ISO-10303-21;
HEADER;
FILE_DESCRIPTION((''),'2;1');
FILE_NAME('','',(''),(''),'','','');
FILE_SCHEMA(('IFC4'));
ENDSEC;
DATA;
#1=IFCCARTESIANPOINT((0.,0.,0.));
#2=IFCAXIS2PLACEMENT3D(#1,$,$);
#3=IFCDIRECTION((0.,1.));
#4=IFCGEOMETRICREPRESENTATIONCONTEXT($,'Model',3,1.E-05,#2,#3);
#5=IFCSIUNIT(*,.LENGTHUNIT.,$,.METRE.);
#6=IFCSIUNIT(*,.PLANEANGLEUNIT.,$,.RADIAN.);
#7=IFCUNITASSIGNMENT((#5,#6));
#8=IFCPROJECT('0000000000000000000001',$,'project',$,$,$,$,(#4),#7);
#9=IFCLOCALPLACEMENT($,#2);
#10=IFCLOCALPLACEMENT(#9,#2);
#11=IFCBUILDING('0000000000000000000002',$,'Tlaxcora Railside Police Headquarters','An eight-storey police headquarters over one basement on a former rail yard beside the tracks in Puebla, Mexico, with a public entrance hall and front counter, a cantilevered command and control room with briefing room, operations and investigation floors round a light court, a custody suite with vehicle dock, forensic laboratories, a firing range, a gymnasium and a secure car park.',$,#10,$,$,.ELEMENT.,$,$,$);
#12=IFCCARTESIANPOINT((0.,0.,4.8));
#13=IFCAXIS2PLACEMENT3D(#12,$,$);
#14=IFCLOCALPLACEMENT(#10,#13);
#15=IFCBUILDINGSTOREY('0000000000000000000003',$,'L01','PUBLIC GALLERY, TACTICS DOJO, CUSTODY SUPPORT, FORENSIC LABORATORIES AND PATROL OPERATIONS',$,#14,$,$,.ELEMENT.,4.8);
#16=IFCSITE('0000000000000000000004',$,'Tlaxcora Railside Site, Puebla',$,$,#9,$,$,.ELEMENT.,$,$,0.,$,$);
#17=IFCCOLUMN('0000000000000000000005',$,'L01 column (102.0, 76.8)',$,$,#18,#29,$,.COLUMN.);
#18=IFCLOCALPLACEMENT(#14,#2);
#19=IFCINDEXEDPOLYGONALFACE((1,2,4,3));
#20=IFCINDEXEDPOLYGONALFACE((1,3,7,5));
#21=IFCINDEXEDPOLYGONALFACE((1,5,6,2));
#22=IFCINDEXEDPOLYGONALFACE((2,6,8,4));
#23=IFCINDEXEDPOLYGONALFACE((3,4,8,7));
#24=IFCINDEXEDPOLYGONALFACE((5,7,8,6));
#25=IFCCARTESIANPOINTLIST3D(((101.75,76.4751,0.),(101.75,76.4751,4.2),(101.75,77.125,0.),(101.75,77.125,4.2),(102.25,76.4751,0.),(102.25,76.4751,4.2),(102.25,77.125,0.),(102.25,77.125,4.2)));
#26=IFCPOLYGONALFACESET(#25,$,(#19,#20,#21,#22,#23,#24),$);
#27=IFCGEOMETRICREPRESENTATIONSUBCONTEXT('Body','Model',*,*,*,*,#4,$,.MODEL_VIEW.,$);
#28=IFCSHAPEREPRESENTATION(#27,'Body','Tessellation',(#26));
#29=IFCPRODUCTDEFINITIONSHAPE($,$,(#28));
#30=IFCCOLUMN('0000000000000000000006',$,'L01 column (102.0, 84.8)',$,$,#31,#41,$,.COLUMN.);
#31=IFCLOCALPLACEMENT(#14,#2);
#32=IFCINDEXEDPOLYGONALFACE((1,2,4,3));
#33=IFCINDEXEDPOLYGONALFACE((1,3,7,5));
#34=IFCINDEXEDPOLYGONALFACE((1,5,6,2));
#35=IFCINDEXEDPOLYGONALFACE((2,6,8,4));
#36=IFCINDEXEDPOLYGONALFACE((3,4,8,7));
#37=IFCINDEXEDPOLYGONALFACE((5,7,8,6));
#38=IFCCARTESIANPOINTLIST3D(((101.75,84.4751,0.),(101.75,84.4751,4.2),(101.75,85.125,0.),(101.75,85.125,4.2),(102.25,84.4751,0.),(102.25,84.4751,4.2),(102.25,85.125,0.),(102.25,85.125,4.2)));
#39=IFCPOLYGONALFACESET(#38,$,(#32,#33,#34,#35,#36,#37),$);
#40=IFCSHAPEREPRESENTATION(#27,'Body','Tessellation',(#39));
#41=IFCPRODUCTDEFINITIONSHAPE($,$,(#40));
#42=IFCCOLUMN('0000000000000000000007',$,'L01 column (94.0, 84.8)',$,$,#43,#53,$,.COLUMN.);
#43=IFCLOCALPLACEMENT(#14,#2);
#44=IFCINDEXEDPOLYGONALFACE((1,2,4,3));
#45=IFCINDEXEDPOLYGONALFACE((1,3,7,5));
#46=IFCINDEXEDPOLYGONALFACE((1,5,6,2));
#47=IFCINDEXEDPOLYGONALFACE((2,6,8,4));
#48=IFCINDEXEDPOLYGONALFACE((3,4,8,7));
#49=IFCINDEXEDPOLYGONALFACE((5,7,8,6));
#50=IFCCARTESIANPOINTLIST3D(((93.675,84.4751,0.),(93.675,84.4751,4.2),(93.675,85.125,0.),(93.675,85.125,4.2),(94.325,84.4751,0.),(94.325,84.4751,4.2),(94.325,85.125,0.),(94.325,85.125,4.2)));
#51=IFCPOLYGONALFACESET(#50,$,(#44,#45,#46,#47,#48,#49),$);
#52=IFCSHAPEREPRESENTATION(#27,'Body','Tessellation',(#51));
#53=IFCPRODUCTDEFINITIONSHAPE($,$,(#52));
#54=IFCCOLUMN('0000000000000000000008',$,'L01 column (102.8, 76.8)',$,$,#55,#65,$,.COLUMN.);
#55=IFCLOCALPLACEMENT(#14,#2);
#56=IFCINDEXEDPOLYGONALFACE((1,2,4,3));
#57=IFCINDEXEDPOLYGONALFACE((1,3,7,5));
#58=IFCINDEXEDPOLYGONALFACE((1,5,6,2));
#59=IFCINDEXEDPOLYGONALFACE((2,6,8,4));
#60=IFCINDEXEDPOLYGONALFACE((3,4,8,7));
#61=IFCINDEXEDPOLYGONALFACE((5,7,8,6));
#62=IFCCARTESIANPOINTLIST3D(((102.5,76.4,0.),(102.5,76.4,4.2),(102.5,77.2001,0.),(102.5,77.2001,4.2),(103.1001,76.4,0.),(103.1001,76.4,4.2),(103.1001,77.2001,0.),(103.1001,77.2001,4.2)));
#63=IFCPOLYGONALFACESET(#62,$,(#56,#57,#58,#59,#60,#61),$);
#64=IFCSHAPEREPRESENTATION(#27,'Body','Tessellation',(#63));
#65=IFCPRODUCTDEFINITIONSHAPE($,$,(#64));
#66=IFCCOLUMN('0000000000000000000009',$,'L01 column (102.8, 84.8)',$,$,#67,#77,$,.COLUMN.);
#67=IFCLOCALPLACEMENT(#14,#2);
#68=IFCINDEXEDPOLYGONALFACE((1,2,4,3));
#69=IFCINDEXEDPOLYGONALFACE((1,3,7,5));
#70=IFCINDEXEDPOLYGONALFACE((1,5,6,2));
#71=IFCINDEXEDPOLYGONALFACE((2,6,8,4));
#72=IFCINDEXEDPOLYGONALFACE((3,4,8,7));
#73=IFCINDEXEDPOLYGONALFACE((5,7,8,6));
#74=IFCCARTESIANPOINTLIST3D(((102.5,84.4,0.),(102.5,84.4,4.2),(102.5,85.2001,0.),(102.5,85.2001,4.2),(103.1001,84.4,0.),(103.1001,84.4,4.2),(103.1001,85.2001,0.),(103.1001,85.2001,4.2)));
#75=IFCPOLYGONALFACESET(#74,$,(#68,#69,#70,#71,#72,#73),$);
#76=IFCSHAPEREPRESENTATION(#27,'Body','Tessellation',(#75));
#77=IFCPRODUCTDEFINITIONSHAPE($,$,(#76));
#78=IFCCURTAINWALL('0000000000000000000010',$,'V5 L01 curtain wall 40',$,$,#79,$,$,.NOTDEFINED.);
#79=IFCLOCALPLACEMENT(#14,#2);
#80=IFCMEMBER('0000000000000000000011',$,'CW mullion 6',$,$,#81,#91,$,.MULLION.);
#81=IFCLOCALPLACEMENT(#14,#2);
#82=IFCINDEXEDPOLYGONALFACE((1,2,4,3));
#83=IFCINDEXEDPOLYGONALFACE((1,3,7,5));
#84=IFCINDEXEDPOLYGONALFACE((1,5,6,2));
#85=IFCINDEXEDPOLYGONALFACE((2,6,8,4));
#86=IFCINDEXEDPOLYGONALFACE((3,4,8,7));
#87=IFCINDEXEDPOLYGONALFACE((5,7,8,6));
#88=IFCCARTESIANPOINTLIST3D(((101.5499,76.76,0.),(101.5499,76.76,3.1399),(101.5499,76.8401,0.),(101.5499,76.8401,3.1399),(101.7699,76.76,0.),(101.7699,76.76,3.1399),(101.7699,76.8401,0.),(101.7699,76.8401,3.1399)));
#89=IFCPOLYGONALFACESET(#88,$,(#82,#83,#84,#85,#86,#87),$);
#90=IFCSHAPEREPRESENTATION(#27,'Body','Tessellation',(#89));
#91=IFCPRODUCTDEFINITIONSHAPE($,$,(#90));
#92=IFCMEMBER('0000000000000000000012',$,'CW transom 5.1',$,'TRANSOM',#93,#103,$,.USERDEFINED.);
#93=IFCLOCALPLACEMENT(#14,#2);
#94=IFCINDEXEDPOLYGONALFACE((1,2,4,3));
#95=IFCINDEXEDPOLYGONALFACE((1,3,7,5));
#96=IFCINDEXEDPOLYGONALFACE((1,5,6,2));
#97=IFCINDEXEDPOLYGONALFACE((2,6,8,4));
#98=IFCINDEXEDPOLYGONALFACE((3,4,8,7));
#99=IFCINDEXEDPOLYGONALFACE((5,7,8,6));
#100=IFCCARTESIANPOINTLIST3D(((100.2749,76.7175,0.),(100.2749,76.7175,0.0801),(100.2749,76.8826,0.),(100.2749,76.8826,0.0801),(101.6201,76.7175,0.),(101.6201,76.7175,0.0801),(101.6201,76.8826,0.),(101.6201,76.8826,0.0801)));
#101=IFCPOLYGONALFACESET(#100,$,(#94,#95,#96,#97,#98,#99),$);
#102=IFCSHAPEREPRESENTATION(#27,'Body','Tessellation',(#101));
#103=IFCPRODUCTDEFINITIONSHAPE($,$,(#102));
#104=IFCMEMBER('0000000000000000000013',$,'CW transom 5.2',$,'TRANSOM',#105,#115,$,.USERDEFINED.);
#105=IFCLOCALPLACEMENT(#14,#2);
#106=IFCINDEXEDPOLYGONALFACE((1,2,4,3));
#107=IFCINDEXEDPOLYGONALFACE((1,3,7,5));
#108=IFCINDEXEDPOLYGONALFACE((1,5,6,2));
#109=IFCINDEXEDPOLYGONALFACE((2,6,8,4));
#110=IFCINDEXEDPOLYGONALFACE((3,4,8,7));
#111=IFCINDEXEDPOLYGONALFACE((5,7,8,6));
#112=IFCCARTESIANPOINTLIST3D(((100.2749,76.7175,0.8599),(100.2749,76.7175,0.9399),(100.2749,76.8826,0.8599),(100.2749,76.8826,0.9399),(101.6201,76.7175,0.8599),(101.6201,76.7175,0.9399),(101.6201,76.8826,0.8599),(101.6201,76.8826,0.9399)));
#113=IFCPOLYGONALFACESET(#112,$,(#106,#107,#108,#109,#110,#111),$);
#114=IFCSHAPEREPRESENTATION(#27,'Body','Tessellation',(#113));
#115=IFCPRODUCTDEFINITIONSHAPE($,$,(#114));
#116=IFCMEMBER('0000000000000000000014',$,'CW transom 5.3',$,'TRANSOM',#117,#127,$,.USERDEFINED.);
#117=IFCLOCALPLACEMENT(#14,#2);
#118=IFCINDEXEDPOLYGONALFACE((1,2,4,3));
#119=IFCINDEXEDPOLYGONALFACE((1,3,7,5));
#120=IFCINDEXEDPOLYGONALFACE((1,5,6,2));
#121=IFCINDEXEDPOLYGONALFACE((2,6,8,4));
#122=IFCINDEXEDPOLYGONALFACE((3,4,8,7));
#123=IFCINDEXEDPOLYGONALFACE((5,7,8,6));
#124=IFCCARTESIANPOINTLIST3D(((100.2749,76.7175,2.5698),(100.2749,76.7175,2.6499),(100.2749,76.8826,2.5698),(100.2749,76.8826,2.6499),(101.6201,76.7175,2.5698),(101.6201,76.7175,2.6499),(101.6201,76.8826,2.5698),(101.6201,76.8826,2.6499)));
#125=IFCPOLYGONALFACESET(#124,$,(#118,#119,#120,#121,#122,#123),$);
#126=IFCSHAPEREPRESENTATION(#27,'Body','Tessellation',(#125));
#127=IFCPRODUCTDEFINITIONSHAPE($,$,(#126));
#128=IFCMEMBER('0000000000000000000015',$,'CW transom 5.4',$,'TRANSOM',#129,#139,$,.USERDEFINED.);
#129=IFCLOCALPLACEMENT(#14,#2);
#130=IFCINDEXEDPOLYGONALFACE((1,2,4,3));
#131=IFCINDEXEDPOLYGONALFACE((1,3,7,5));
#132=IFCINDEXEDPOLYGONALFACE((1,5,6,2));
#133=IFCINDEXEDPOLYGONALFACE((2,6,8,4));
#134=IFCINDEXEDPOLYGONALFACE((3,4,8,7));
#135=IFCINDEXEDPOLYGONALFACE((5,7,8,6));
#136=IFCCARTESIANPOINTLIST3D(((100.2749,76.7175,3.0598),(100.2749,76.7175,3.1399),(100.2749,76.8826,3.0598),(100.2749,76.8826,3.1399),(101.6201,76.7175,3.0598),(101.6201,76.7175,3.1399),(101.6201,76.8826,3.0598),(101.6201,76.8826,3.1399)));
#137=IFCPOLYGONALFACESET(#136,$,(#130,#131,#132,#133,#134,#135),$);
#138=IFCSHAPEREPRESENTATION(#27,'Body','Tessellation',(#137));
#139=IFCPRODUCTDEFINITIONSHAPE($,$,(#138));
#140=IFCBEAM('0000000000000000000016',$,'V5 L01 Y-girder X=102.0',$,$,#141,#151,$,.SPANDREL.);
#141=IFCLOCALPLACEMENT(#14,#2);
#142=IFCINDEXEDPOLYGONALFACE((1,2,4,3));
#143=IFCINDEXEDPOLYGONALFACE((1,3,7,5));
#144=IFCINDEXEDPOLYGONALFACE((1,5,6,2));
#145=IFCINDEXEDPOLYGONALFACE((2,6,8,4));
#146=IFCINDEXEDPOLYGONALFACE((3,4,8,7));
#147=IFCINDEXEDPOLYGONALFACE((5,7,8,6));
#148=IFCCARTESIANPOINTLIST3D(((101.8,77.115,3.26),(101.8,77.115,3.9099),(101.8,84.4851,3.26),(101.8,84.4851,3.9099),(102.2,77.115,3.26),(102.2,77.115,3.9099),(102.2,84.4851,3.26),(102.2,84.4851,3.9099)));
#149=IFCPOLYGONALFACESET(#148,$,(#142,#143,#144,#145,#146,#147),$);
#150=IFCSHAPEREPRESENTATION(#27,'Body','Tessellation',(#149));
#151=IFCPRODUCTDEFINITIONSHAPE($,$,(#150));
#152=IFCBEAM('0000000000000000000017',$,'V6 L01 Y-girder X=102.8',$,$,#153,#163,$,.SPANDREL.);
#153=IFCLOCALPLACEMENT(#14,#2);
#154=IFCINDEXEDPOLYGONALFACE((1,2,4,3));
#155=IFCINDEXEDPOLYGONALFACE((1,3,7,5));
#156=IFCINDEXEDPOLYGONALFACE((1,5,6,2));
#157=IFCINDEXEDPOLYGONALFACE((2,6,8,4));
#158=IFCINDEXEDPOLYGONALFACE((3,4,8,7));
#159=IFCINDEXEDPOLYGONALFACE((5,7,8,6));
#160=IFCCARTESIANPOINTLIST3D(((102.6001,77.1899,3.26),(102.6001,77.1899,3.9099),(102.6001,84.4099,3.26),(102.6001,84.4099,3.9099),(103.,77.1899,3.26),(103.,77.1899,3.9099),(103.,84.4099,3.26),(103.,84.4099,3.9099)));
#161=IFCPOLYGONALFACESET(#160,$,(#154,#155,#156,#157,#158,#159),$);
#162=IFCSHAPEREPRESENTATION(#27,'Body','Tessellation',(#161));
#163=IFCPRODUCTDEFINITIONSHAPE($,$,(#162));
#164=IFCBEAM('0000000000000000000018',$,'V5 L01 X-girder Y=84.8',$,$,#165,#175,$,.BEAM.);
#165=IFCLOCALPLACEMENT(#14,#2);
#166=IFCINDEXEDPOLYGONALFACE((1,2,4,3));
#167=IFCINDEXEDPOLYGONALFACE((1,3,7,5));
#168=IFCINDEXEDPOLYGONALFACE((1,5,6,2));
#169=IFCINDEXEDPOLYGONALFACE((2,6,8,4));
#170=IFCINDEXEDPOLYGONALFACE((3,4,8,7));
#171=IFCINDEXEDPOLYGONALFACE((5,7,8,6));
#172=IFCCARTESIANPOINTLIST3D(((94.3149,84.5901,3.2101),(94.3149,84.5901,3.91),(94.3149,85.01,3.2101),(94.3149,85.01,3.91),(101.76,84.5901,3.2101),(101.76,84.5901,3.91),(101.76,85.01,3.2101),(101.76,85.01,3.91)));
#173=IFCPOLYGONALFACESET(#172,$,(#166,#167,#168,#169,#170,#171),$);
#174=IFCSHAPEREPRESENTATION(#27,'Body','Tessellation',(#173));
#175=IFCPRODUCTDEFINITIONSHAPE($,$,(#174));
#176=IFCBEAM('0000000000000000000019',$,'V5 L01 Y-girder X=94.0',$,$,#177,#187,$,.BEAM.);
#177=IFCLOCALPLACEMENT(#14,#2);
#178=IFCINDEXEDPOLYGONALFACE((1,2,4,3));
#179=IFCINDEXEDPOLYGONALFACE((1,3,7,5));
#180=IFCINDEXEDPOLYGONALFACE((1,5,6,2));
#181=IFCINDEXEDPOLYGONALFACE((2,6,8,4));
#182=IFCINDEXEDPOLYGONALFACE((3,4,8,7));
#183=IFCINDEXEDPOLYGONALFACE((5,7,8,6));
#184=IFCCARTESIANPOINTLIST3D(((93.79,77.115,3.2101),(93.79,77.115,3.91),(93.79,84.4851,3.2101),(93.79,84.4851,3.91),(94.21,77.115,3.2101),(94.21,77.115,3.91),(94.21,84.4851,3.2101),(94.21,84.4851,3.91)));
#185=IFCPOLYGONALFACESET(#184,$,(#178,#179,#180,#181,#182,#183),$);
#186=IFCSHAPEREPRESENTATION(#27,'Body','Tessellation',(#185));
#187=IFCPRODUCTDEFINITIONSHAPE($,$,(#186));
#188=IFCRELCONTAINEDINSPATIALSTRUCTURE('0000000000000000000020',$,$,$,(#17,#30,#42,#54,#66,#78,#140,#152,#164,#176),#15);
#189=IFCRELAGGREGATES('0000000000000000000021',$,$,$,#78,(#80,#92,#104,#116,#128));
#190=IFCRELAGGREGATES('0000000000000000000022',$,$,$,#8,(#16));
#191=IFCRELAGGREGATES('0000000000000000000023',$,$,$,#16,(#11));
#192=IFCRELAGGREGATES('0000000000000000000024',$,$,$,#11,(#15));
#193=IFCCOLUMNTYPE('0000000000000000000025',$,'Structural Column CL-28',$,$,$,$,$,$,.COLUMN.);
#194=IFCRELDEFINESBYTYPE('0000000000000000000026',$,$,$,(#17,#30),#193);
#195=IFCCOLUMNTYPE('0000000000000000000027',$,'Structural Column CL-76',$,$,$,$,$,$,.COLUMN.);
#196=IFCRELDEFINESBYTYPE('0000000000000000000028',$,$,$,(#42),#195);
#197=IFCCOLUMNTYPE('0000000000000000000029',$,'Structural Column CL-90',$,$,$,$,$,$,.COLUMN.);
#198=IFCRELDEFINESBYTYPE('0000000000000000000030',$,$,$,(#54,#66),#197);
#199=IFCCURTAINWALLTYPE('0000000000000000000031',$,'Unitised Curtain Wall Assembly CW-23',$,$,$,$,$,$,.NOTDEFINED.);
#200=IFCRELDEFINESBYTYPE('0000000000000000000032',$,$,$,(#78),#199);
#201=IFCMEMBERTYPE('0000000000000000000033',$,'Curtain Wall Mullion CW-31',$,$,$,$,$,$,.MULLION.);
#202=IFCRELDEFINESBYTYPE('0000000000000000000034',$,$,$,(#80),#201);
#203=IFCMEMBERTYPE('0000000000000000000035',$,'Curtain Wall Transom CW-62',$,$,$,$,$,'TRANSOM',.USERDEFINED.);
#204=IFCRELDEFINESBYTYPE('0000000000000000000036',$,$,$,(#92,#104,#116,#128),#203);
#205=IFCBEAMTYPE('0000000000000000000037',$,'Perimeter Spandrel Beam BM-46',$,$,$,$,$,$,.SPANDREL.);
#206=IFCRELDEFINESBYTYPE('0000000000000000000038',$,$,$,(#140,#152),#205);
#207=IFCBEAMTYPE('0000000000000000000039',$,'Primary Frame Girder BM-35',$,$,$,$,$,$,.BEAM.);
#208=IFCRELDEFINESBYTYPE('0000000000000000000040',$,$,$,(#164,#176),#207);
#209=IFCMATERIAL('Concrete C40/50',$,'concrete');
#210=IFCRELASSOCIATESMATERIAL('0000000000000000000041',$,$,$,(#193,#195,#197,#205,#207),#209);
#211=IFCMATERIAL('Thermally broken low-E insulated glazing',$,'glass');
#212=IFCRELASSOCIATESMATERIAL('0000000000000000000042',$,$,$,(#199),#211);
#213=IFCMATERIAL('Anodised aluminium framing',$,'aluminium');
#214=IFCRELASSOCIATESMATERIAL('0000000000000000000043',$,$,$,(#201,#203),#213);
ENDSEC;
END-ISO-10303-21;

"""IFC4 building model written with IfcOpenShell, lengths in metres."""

from ifc_helpers import new_model, si_unit, direction, frame, origin, origin_2d, place, context, subcontext, project, spatial, rectangle, extrude, material, material_profile, profile_set, type_object, element, aggregate, save


model = new_model("IFC4")

# Units and contexts
model_context = context("Model", 3, precision=1e-05, world=origin(), true_north=direction((0.0, 1.0)))
body_context = subcontext(model_context, "Body", "Model", "MODEL_VIEW")
ifc_project = project(units=[si_unit("LENGTHUNIT", "METRE"), si_unit("PLANEANGLEUNIT", "RADIAN")], contexts=[model_context])

# Site, building, storey
site_placement = place(None, origin())
site = spatial("IfcSite", under=ifc_project, at=site_placement, Name="Tlaxcora Railside Site, Puebla", CompositionType="ELEMENT", RefElevation=0.0)
building_placement = place(site_placement, origin())
building = spatial("IfcBuilding", under=site, at=building_placement, Name="Tlaxcora Railside Police Headquarters", Description="An eight-storey police headquarters over one basement on a former rail yard beside the tracks in Puebla, Mexico, with a public entrance hall and front counter, a cantilevered command and control room with briefing room, operations and investigation floors round a light court, a custody suite with vehicle dock, forensic laboratories, a firing range, a gymnasium and a secure car park.", CompositionType="ELEMENT")
storey_placement = place(building_placement, frame((0.0, 0.0, 4.8)))
storey = spatial("IfcBuildingStorey", under=building, at=storey_placement, Name="L01", Description="PUBLIC GALLERY, TACTICS DOJO, CUSTODY SUPPORT, FORENSIC LABORATORIES AND PATROL OPERATIONS", CompositionType="ELEMENT", Elevation=4.8)

# Columns
ifc_material_1 = material(Name="Concrete C40/50", Category="concrete")
ifc_material_profile_1 = material_profile(ifc_material_1, rectangle(XDim=0.5, YDim=0.6499, at=origin_2d()), Name="RC500X650")
ifc_profile_set_1 = profile_set([ifc_material_profile_1], Name="Concrete C40/50")
column_type_1 = type_object("IfcColumnType", Name="Structural Column CL-28", PredefinedType="COLUMN", material=ifc_profile_set_1)
for number, where, z_axis, x_axis, name in (
    (1, (102.0, 76.8, 0.0), (0.0, 0.0, 1.0), (1.0, 0.0, 0.0), "L01 column (102.0, 76.8)"),
    (2, (102.0, 84.8, 0.0), (0.0, 0.0, 1.0), (1.0, 0.0, 0.0), "L01 column (102.0, 84.8)"),
):
    element("IfcColumn", number, at=place(storey_placement, frame(where, z_axis=z_axis, x_axis=x_axis)), inside=storey, type_object=column_type_1, Name=name, PredefinedType="COLUMN", context=body_context, shape_type="SweptSolid", body=[
        extrude(rectangle(XDim=0.5, YDim=0.6499, at=origin_2d()), origin(), (0.0, 0.0, 1.0), 4.2),
    ])
ifc_material_profile_2 = material_profile(ifc_material_1, rectangle(XDim=0.6499, YDim=0.6499, at=origin_2d()), Name="RC650X650")
ifc_profile_set_2 = profile_set([ifc_material_profile_2], Name="Concrete C40/50")
column_type_2 = type_object("IfcColumnType", Name="Structural Column CL-76", PredefinedType="COLUMN", material=ifc_profile_set_2)
column_placement = place(storey_placement, frame((94.0, 84.8, 0.0), z_axis=(0.0, 0.0, 1.0), x_axis=(1.0, 0.0, 0.0)))
element("IfcColumn", 3, at=column_placement, inside=storey, type_object=column_type_2, Name="L01 column (94.0, 84.8)", PredefinedType="COLUMN", context=body_context, shape_type="SweptSolid", body=[
    extrude(rectangle(XDim=0.6499, YDim=0.6499, at=origin_2d()), origin(), (0.0, 0.0, 1.0), 4.2),
])
ifc_material_profile_3 = material_profile(ifc_material_1, rectangle(XDim=0.6001, YDim=0.8, at=origin_2d()), Name="RC600X800")
ifc_profile_set_3 = profile_set([ifc_material_profile_3], Name="Concrete C40/50")
column_type_3 = type_object("IfcColumnType", Name="Structural Column CL-90", PredefinedType="COLUMN", material=ifc_profile_set_3)
for number, where, z_axis, x_axis, name in (
    (4, (102.8, 76.8, 0.0), (0.0, 0.0, 1.0), (1.0, 0.0, 0.0), "L01 column (102.8, 76.8)"),
    (5, (102.8, 84.8, 0.0), (0.0, 0.0, 1.0), (1.0, 0.0, 0.0), "L01 column (102.8, 84.8)"),
):
    element("IfcColumn", number, at=place(storey_placement, frame(where, z_axis=z_axis, x_axis=x_axis)), inside=storey, type_object=column_type_3, Name=name, PredefinedType="COLUMN", context=body_context, shape_type="SweptSolid", body=[
        extrude(rectangle(XDim=0.6001, YDim=0.8, at=origin_2d()), origin(), (0.0, 0.0, 1.0), 4.2),
    ])

# Curtain wall, members
ifc_material_2 = material(Name="Thermally broken low-E insulated glazing", Category="glass")
curtain_wall_type = type_object("IfcCurtainWallType", Name="Unitised Curtain Wall Assembly CW-23", PredefinedType="NOTDEFINED", material=ifc_material_2)
curtain_wall_placement = place(storey_placement, origin())
curtain_wall = element("IfcCurtainWall", 6, at=curtain_wall_placement, inside=storey, type_object=curtain_wall_type, Name="V5 L01 curtain wall 40", PredefinedType="NOTDEFINED")
ifc_material_3 = material(Name="Anodised aluminium framing", Category="aluminium")
ifc_material_profile_4 = material_profile(ifc_material_3, rectangle(XDim=0.0801, YDim=0.22, at=origin_2d()), Name="AL80X220")
ifc_profile_set_4 = profile_set([ifc_material_profile_4], Name="Anodised aluminium framing")
member_type_1 = type_object("IfcMemberType", Name="Curtain Wall Mullion CW-31", PredefinedType="MULLION", material=ifc_profile_set_4)
member_1_placement = place(storey_placement, frame((101.6599, 76.8, 0.0), z_axis=(0.0, 0.0, 1.0), x_axis=(0.0, 1.0, 0.0)))
member_1 = element("IfcMember", 7, at=member_1_placement, type_object=member_type_1, Name="CW mullion 6", PredefinedType="MULLION", context=body_context, shape_type="SweptSolid", body=[
    extrude(rectangle(XDim=0.0801, YDim=0.22, at=origin_2d()), origin(), (0.0, 0.0, 1.0), 3.1399),
])
ifc_material_profile_5 = material_profile(ifc_material_3, rectangle(XDim=0.165, YDim=0.0801, at=origin_2d()), Name="AL80X165")
ifc_profile_set_5 = profile_set([ifc_material_profile_5], Name="Anodised aluminium framing")
member_type_2 = type_object("IfcMemberType", Name="Curtain Wall Transom CW-62", ElementType="TRANSOM", PredefinedType="USERDEFINED", material=ifc_profile_set_5)
member_2_placement = place(storey_placement, frame((100.2749, 76.8, 0.04), z_axis=(1.0, 0.0, 0.0), x_axis=(0.0, 1.0, 0.0)))
member_2 = element("IfcMember", 8, at=member_2_placement, type_object=member_type_2, Name="CW transom 5.1", ObjectType="TRANSOM", PredefinedType="USERDEFINED", context=body_context, shape_type="SweptSolid", body=[
    extrude(rectangle(XDim=0.165, YDim=0.0801, at=origin_2d()), origin(), (0.0, 0.0, 1.0), 1.3452),
])
member_3_placement = place(storey_placement, frame((100.2749, 76.8, 0.8999), z_axis=(1.0, 0.0, 0.0), x_axis=(0.0, 1.0, 0.0)))
member_3 = element("IfcMember", 9, at=member_3_placement, type_object=member_type_2, Name="CW transom 5.2", ObjectType="TRANSOM", PredefinedType="USERDEFINED", context=body_context, shape_type="SweptSolid", body=[
    extrude(rectangle(XDim=0.165, YDim=0.0801, at=origin_2d()), origin(), (0.0, 0.0, 1.0), 1.3452),
])
member_4_placement = place(storey_placement, frame((100.2749, 76.8, 2.6099), z_axis=(1.0, 0.0, 0.0), x_axis=(0.0, 1.0, 0.0)))
member_4 = element("IfcMember", 10, at=member_4_placement, type_object=member_type_2, Name="CW transom 5.3", ObjectType="TRANSOM", PredefinedType="USERDEFINED", context=body_context, shape_type="SweptSolid", body=[
    extrude(rectangle(XDim=0.165, YDim=0.0801, at=origin_2d()), origin(), (0.0, 0.0, 1.0), 1.3452),
])
member_5_placement = place(storey_placement, frame((100.2749, 76.8, 3.0999), z_axis=(1.0, 0.0, 0.0), x_axis=(0.0, 1.0, 0.0)))
member_5 = element("IfcMember", 11, at=member_5_placement, type_object=member_type_2, Name="CW transom 5.4", ObjectType="TRANSOM", PredefinedType="USERDEFINED", context=body_context, shape_type="SweptSolid", body=[
    extrude(rectangle(XDim=0.165, YDim=0.0801, at=origin_2d()), origin(), (0.0, 0.0, 1.0), 1.3452),
])

# Beams
ifc_material_profile_6 = material_profile(ifc_material_1, rectangle(XDim=0.3999, YDim=0.6499, at=origin_2d()), Name="RC400X650")
ifc_profile_set_6 = profile_set([ifc_material_profile_6], Name="Concrete C40/50")
beam_type_1 = type_object("IfcBeamType", Name="Perimeter Spandrel Beam BM-46", PredefinedType="SPANDREL", material=ifc_profile_set_6)
beam_1_placement = place(storey_placement, frame((102.0, 77.115, 3.585), z_axis=(0.0, 1.0, 0.0), x_axis=(-1.0, 0.0, 0.0)))
element("IfcBeam", 12, at=beam_1_placement, inside=storey, type_object=beam_type_1, Name="V5 L01 Y-girder X=102.0", PredefinedType="SPANDREL", context=body_context, shape_type="SweptSolid", body=[
    extrude(rectangle(XDim=0.3999, YDim=0.6499, at=origin_2d()), origin(), (0.0, 0.0, 1.0), 7.3701),
])
beam_2_placement = place(storey_placement, frame((102.8, 77.1899, 3.585), z_axis=(0.0, 1.0, 0.0), x_axis=(-1.0, 0.0, 0.0)))
element("IfcBeam", 13, at=beam_2_placement, inside=storey, type_object=beam_type_1, Name="V6 L01 Y-girder X=102.8", PredefinedType="SPANDREL", context=body_context, shape_type="SweptSolid", body=[
    extrude(rectangle(XDim=0.3999, YDim=0.6499, at=origin_2d()), origin(), (0.0, 0.0, 1.0), 7.22),
])
ifc_material_profile_7 = material_profile(ifc_material_1, rectangle(XDim=0.4199, YDim=0.7, at=origin_2d()), Name="RC420X700")
ifc_profile_set_7 = profile_set([ifc_material_profile_7], Name="Concrete C40/50")
beam_type_2 = type_object("IfcBeamType", Name="Primary Frame Girder BM-35", PredefinedType="BEAM", material=ifc_profile_set_7)
beam_3_placement = place(storey_placement, frame((94.3149, 84.8, 3.5601), z_axis=(1.0, 0.0, 0.0), x_axis=(0.0, 1.0, 0.0)))
element("IfcBeam", 14, at=beam_3_placement, inside=storey, type_object=beam_type_2, Name="V5 L01 X-girder Y=84.8", PredefinedType="BEAM", context=body_context, shape_type="SweptSolid", body=[
    extrude(rectangle(XDim=0.4199, YDim=0.7, at=origin_2d()), origin(), (0.0, 0.0, 1.0), 7.4451),
])
beam_4_placement = place(storey_placement, frame((94.0, 77.115, 3.5601), z_axis=(0.0, 1.0, 0.0), x_axis=(-1.0, 0.0, 0.0)))
element("IfcBeam", 15, at=beam_4_placement, inside=storey, type_object=beam_type_2, Name="V5 L01 Y-girder X=94.0", PredefinedType="BEAM", context=body_context, shape_type="SweptSolid", body=[
    extrude(rectangle(XDim=0.4199, YDim=0.7, at=origin_2d()), origin(), (0.0, 0.0, 1.0), 7.3701),
])

aggregate(curtain_wall, [member_1, member_2, member_3, member_4, member_5])

save(model, "model.ifc")
